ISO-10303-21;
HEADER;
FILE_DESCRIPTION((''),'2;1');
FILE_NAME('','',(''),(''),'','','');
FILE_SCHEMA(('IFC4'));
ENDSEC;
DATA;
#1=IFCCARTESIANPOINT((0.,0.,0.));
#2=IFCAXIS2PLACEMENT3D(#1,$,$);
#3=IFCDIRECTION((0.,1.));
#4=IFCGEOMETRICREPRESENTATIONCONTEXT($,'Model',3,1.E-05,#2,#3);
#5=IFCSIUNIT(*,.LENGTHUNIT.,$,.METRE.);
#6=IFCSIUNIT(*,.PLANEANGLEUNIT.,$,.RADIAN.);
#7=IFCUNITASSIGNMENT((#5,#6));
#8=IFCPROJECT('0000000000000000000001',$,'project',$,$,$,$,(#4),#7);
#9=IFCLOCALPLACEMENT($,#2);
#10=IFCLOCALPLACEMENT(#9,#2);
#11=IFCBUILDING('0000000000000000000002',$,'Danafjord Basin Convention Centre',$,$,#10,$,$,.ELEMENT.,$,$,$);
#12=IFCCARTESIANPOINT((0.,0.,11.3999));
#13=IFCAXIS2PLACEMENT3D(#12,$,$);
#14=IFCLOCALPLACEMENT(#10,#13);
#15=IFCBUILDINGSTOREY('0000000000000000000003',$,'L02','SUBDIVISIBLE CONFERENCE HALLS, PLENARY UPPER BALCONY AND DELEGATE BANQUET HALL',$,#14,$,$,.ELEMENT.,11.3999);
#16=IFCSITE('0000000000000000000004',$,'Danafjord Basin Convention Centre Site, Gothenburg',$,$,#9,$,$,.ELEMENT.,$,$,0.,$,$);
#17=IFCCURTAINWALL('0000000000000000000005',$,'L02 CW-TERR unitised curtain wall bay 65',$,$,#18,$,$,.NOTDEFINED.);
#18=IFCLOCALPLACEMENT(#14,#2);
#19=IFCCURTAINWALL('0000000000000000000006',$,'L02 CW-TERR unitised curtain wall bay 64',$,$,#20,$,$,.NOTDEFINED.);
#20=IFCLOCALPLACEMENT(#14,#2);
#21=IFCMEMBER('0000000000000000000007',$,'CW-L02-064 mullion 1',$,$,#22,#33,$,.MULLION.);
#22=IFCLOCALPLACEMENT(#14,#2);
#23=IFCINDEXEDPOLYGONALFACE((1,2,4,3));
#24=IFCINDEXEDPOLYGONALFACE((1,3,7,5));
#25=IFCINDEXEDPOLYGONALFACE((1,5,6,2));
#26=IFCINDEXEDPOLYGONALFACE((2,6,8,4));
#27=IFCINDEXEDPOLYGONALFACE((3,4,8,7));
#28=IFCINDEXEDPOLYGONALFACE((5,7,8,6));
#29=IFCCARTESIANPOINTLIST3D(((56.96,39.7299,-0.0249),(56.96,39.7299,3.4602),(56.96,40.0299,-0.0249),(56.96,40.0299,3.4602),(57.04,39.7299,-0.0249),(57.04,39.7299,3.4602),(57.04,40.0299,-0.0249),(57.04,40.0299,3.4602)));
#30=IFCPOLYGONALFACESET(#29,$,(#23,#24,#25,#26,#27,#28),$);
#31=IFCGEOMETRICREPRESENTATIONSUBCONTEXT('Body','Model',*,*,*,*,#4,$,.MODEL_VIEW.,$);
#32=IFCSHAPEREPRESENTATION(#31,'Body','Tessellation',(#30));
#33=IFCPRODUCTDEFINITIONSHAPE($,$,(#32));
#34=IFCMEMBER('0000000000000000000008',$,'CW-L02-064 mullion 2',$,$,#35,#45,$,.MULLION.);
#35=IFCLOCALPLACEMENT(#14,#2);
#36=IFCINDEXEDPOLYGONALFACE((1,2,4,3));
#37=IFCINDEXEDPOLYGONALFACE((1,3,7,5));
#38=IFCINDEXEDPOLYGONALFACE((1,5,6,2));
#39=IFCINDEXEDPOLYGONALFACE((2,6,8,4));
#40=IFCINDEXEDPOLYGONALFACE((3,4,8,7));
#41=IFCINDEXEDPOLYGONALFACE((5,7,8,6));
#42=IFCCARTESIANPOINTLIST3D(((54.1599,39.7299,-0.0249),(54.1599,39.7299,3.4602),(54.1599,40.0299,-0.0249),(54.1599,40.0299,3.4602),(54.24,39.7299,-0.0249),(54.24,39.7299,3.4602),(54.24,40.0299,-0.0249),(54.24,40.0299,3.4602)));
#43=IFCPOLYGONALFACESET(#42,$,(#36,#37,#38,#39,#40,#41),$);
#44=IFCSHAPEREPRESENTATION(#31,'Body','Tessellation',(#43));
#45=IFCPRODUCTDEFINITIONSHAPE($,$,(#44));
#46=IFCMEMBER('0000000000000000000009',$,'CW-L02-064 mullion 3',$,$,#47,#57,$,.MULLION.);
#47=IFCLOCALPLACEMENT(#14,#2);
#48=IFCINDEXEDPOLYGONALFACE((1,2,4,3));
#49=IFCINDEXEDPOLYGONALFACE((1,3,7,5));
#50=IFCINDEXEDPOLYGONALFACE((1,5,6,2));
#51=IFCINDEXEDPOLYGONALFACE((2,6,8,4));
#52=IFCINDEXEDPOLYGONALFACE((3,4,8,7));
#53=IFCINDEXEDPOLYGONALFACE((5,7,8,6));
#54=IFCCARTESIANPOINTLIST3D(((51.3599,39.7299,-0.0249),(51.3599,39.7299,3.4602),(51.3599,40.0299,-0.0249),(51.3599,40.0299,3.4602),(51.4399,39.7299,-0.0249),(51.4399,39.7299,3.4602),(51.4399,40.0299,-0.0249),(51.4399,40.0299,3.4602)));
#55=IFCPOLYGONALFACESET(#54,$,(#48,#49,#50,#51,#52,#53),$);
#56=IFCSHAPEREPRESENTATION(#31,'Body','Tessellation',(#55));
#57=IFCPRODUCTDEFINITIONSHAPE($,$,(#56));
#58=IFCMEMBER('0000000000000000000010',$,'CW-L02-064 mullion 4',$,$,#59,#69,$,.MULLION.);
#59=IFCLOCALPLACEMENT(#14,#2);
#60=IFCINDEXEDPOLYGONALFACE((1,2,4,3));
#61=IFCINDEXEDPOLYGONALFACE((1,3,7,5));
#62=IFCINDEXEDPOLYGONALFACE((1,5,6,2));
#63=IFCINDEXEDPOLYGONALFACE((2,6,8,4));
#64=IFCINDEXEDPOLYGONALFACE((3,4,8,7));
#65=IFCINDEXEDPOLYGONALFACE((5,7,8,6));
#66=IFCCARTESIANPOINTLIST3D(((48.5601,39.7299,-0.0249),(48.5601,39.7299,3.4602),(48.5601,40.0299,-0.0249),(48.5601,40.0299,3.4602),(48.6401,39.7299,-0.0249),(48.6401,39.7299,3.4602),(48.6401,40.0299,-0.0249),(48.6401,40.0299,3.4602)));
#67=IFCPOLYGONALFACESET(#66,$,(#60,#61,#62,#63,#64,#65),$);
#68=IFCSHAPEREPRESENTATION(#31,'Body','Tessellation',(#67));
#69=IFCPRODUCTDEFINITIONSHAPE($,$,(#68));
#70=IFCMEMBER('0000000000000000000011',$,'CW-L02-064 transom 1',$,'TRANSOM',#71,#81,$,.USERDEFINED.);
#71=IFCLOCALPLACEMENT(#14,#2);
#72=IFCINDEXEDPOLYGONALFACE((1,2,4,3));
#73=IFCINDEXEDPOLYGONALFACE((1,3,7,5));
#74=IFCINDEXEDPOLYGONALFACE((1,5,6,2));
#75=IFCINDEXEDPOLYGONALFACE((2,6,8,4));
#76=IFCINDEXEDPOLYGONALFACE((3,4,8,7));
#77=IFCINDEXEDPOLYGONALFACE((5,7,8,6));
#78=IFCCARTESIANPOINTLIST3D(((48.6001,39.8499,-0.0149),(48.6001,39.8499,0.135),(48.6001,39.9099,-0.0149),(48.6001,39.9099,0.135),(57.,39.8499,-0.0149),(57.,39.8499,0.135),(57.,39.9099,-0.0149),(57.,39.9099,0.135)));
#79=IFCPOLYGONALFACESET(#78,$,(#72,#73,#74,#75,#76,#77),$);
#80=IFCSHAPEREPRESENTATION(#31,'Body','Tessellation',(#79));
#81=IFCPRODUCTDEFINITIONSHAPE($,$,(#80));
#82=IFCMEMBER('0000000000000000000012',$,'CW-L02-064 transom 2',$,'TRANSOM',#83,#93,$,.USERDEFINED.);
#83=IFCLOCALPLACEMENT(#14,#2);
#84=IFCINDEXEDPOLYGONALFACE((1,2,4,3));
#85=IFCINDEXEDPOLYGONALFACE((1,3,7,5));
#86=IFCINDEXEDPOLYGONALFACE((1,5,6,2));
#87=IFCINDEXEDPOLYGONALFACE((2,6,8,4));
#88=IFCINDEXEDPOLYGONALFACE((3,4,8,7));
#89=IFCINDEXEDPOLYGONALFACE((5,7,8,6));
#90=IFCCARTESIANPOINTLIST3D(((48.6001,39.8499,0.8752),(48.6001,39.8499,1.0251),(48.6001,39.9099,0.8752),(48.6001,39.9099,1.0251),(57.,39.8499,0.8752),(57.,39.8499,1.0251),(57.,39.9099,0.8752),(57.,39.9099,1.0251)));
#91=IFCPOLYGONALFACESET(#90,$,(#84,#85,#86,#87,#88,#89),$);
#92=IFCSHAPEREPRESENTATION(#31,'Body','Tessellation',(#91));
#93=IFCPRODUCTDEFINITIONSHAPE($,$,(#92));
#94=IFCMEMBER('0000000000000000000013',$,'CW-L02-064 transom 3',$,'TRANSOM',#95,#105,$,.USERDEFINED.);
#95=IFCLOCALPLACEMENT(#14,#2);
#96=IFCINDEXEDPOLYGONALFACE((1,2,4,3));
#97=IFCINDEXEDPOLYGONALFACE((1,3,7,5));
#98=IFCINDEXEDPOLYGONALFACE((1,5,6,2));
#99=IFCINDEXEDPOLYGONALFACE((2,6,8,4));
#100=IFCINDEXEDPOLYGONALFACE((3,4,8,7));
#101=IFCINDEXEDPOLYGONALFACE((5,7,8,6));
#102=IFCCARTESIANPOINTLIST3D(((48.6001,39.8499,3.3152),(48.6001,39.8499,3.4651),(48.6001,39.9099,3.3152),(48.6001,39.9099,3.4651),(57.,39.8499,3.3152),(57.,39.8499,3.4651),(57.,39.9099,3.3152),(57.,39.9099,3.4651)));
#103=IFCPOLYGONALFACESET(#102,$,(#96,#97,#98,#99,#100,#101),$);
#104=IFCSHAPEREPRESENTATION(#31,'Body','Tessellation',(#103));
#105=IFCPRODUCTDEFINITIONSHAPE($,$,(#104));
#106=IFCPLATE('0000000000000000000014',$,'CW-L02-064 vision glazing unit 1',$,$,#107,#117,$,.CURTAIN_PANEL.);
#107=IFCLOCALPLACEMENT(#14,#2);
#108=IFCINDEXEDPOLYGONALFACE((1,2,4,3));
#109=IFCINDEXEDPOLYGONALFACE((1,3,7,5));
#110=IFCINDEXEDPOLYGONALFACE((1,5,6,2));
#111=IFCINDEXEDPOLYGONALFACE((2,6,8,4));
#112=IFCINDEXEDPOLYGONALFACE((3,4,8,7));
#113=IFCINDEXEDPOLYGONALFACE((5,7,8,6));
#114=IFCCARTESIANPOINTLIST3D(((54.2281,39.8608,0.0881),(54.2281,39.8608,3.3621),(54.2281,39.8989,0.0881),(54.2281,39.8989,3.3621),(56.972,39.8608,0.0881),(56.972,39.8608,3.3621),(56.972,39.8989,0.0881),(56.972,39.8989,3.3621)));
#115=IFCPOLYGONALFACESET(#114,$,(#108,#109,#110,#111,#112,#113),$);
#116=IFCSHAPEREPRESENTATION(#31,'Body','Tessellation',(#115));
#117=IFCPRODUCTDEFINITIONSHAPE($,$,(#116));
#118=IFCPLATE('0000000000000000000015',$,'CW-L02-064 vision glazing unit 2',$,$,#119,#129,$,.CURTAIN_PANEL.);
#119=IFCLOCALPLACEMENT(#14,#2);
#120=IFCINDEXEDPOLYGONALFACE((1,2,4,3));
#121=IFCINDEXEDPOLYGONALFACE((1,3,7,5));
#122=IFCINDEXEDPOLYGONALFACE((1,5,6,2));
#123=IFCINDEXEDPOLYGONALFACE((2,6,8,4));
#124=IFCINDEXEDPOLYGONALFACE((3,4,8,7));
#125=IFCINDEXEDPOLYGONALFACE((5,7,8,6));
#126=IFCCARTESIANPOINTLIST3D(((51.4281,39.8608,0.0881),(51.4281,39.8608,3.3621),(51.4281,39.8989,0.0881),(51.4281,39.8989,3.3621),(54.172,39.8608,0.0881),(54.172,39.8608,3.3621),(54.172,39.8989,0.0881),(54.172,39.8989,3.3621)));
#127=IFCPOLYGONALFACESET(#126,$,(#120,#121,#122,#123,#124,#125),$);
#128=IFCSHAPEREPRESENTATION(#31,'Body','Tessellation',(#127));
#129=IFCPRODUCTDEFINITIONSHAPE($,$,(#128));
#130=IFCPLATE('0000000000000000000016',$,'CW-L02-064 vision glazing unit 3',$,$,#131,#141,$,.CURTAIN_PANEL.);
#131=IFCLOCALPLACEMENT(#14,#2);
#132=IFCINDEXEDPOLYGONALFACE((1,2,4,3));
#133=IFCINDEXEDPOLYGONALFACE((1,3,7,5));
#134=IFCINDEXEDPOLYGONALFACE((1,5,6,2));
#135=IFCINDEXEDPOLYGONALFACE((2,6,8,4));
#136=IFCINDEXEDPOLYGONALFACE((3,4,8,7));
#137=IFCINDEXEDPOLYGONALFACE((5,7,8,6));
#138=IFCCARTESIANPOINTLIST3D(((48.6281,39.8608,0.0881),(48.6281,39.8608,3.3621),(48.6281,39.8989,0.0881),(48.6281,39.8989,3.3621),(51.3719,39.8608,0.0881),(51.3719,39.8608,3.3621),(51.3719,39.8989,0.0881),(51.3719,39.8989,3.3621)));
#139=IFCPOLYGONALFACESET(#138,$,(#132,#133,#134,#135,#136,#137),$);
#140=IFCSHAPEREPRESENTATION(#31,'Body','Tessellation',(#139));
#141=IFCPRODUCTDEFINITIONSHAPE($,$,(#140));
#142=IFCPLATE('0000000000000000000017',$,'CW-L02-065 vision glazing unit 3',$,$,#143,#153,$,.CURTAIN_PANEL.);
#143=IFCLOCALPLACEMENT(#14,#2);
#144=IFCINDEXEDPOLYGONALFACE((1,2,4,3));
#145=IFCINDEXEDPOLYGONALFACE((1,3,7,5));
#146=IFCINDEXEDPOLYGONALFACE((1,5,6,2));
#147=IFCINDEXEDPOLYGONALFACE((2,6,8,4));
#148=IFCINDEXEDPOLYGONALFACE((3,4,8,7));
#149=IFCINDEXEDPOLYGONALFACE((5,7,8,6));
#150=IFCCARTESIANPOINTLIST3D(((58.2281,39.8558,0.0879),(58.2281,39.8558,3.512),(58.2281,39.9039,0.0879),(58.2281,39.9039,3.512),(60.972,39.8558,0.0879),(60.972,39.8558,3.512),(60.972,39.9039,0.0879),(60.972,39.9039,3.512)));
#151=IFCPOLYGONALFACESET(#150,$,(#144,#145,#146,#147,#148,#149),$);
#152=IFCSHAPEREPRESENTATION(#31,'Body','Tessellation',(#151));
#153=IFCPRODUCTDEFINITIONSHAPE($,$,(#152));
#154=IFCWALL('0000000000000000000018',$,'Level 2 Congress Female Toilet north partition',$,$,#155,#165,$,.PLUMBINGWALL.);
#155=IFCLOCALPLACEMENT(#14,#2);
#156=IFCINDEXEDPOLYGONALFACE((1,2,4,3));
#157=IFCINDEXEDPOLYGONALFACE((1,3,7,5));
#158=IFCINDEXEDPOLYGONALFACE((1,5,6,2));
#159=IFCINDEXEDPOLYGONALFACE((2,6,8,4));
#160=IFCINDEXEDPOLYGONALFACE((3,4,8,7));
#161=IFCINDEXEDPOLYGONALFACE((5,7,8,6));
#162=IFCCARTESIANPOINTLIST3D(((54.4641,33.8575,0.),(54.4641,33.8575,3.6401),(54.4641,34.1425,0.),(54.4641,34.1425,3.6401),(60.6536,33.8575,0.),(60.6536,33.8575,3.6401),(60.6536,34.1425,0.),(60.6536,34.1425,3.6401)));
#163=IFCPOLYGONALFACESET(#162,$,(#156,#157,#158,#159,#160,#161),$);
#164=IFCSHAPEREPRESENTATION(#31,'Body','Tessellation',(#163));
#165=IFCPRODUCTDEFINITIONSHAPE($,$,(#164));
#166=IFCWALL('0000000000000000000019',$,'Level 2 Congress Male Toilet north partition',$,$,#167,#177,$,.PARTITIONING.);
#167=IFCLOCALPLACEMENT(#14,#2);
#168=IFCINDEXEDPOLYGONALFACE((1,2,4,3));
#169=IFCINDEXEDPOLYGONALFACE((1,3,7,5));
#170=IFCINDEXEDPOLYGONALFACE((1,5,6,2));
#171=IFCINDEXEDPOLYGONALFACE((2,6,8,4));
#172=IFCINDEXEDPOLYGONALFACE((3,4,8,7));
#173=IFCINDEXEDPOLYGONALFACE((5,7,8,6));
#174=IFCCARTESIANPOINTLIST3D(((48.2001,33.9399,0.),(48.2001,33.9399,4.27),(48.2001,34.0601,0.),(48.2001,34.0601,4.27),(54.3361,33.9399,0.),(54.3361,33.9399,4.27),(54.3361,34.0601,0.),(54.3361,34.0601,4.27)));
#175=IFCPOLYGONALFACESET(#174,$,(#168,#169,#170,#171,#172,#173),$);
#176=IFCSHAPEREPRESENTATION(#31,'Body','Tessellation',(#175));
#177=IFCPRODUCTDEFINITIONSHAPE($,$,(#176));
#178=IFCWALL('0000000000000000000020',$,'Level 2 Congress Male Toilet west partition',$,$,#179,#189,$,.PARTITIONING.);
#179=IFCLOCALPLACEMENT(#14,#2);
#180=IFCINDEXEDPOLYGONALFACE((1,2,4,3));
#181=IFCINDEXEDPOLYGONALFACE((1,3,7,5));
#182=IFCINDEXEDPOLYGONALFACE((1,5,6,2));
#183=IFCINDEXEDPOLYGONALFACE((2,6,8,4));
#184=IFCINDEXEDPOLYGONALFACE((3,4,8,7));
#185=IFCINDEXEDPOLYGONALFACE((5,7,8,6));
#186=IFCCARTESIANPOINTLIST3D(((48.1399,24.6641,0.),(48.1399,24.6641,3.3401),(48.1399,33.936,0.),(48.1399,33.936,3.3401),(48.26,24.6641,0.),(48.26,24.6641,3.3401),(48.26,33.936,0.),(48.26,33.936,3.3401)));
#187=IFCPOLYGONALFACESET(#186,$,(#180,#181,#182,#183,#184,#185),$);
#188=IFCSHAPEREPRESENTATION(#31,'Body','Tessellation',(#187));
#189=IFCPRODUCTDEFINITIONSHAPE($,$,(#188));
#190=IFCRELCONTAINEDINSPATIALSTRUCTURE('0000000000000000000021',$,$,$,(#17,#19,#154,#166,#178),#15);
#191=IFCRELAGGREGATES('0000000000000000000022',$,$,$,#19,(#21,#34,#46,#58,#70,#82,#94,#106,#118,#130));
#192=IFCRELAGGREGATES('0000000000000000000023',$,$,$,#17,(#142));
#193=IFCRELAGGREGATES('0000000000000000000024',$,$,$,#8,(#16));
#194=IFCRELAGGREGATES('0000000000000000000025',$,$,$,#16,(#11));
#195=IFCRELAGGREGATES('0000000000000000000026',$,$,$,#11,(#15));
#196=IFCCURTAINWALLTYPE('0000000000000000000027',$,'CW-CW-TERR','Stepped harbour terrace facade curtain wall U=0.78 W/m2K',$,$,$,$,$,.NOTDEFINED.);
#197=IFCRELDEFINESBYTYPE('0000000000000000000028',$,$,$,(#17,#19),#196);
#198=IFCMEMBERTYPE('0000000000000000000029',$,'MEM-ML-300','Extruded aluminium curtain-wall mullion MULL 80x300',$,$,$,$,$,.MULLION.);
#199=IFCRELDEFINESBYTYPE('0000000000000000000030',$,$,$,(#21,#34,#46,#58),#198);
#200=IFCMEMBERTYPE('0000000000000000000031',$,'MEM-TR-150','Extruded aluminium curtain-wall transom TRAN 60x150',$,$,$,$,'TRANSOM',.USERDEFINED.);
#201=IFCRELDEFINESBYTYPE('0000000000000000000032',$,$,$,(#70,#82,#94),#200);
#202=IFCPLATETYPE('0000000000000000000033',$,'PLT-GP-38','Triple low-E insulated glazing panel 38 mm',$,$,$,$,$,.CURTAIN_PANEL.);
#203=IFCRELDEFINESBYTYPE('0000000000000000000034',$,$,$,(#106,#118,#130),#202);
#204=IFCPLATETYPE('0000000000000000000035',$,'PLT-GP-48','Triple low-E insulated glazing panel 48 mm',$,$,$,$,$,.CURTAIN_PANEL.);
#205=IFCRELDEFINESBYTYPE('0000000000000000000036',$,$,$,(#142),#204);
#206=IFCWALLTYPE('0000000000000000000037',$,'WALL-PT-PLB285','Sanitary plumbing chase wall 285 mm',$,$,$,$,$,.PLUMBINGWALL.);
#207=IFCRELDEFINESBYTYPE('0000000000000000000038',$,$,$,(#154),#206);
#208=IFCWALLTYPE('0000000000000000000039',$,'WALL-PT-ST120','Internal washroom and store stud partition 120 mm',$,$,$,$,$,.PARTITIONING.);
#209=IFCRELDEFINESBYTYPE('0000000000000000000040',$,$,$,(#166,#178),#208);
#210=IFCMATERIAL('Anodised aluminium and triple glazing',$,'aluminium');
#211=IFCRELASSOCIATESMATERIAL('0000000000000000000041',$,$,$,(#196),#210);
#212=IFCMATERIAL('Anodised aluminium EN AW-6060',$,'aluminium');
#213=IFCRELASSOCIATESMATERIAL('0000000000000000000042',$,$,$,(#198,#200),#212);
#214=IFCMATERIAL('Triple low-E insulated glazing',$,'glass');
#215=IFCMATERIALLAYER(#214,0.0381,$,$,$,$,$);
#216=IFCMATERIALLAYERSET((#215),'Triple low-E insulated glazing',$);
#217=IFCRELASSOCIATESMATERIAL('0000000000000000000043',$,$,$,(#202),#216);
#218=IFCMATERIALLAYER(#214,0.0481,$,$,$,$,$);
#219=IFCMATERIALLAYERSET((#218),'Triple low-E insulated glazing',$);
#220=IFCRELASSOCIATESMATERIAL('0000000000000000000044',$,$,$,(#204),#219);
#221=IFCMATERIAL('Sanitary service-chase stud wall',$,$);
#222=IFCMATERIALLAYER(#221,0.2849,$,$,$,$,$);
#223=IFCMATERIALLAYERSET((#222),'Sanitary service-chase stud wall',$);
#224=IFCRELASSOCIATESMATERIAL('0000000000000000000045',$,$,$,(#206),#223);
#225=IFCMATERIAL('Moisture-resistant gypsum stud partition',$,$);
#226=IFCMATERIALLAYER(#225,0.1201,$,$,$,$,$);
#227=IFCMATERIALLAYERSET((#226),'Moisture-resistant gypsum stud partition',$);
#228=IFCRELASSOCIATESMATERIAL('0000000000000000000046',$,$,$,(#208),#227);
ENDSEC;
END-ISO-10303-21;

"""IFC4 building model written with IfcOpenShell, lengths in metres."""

from ifc_helpers import new_model, si_unit, direction, frame, frame_2d, origin, origin_2d, place, context, subcontext, project, spatial, rectangle, extrude, material, layer, layer_set, material_profile, profile_set, type_object, element, aggregate, save


model = new_model("IFC4")

# Units and contexts
model_context = context("Model", 3, precision=1e-05, world=origin(), true_north=direction((0.0, 1.0)))
body_context = subcontext(model_context, "Body", "Model", "MODEL_VIEW")
ifc_project = project(units=[si_unit("LENGTHUNIT", "METRE"), si_unit("PLANEANGLEUNIT", "RADIAN")], contexts=[model_context])

# Site, building, storey
site_placement = place(None, origin())
site = spatial("IfcSite", under=ifc_project, at=site_placement, Name="Danafjord Basin Convention Centre Site, Gothenburg", CompositionType="ELEMENT", RefElevation=0.0)
building_placement = place(site_placement, origin())
building = spatial("IfcBuilding", under=site, at=building_placement, Name="Danafjord Basin Convention Centre", CompositionType="ELEMENT")
storey_placement = place(building_placement, frame((0.0, 0.0, 11.3999)))
storey = spatial("IfcBuildingStorey", under=building, at=storey_placement, Name="L02", Description="SUBDIVISIBLE CONFERENCE HALLS, PLENARY UPPER BALCONY AND DELEGATE BANQUET HALL", CompositionType="ELEMENT", Elevation=11.3999)

# Curtain wall
ifc_material_1 = material(Name="Anodised aluminium and triple glazing", Category="aluminium")
curtain_wall_type = type_object("IfcCurtainWallType", Name="CW-CW-TERR", Description="Stepped harbour terrace facade curtain wall U=0.78 W/m2K", PredefinedType="NOTDEFINED", material=ifc_material_1)
curtain_wall_1_placement = place(storey_placement, origin())
curtain_wall_1 = element("IfcCurtainWall", 1, at=curtain_wall_1_placement, inside=storey, type_object=curtain_wall_type, Name="L02 CW-TERR unitised curtain wall bay 65", PredefinedType="NOTDEFINED")
ifc_material_2 = material(Name="Anodised aluminium EN AW-6060", Category="aluminium")

# Curtain wall, members, plates
curtain_wall_2_placement = place(storey_placement, origin())
curtain_wall_2 = element("IfcCurtainWall", 2, at=curtain_wall_2_placement, inside=storey, type_object=curtain_wall_type, Name="L02 CW-TERR unitised curtain wall bay 64", PredefinedType="NOTDEFINED")
ifc_material_profile_1 = material_profile(ifc_material_2, rectangle(XDim=0.0801, YDim=0.3, at=origin_2d()), Name="MULL 80x300")
ifc_profile_set_1 = profile_set([ifc_material_profile_1], Name="Anodised aluminium EN AW-6060")
member_type_1 = type_object("IfcMemberType", Name="MEM-ML-300", Description="Extruded aluminium curtain-wall mullion MULL 80x300", PredefinedType="MULLION", material=ifc_profile_set_1)
member_1_placement = place(storey_placement, frame((57.0, 39.8799, -0.0249), z_axis=(0.0, 0.0, 1.0), x_axis=(-1.0, 0.0, 0.0)))
member_1 = element("IfcMember", 3, at=member_1_placement, type_object=member_type_1, Name="CW-L02-064 mullion 1", PredefinedType="MULLION", context=body_context, shape_type="SweptSolid", body=[
    extrude(rectangle(XDim=0.0801, YDim=0.3, at=origin_2d()), origin(), (0.0, 0.0, 1.0), 3.4851),
])
member_2_placement = place(storey_placement, frame((54.2, 39.8799, -0.0249), z_axis=(0.0, 0.0, 1.0), x_axis=(-1.0, 0.0, 0.0)))
member_2 = element("IfcMember", 4, at=member_2_placement, type_object=member_type_1, Name="CW-L02-064 mullion 2", PredefinedType="MULLION", context=body_context, shape_type="SweptSolid", body=[
    extrude(rectangle(XDim=0.0801, YDim=0.3, at=origin_2d()), origin(), (0.0, 0.0, 1.0), 3.4851),
])
member_3_placement = place(storey_placement, frame((51.3999, 39.8799, -0.0249), z_axis=(0.0, 0.0, 1.0), x_axis=(-1.0, 0.0, 0.0)))
member_3 = element("IfcMember", 5, at=member_3_placement, type_object=member_type_1, Name="CW-L02-064 mullion 3", PredefinedType="MULLION", context=body_context, shape_type="SweptSolid", body=[
    extrude(rectangle(XDim=0.0801, YDim=0.3, at=origin_2d()), origin(), (0.0, 0.0, 1.0), 3.4851),
])
member_4_placement = place(storey_placement, frame((48.6001, 39.8799, -0.0249), z_axis=(0.0, 0.0, 1.0), x_axis=(-1.0, 0.0, 0.0)))
member_4 = element("IfcMember", 6, at=member_4_placement, type_object=member_type_1, Name="CW-L02-064 mullion 4", PredefinedType="MULLION", context=body_context, shape_type="SweptSolid", body=[
    extrude(rectangle(XDim=0.0801, YDim=0.3, at=origin_2d()), origin(), (0.0, 0.0, 1.0), 3.4851),
])
ifc_material_profile_2 = material_profile(ifc_material_2, rectangle(XDim=0.0601, YDim=0.1499, at=origin_2d()), Name="TRAN 60x150")
ifc_profile_set_2 = profile_set([ifc_material_profile_2], Name="Anodised aluminium EN AW-6060")
member_type_2 = type_object("IfcMemberType", Name="MEM-TR-150", Description="Extruded aluminium curtain-wall transom TRAN 60x150", ElementType="TRANSOM", PredefinedType="USERDEFINED", material=ifc_profile_set_2)
member_5_placement = place(storey_placement, frame((57.0, 39.8799, 0.0601), z_axis=(-1.0, 0.0, 0.0), x_axis=(0.0, -1.0, 0.0)))
member_5 = element("IfcMember", 7, at=member_5_placement, type_object=member_type_2, Name="CW-L02-064 transom 1", ObjectType="TRANSOM", PredefinedType="USERDEFINED", context=body_context, shape_type="SweptSolid", body=[
    extrude(rectangle(XDim=0.0601, YDim=0.1499, at=origin_2d()), origin(), (0.0, 0.0, 1.0), 8.3999),
])
member_6_placement = place(storey_placement, frame((57.0, 39.8799, 0.9502), z_axis=(-1.0, 0.0, 0.0), x_axis=(0.0, -1.0, 0.0)))
member_6 = element("IfcMember", 8, at=member_6_placement, type_object=member_type_2, Name="CW-L02-064 transom 2", ObjectType="TRANSOM", PredefinedType="USERDEFINED", context=body_context, shape_type="SweptSolid", body=[
    extrude(rectangle(XDim=0.0601, YDim=0.1499, at=origin_2d()), origin(), (0.0, 0.0, 1.0), 8.3999),
])
member_7_placement = place(storey_placement, frame((57.0, 39.8799, 3.3901), z_axis=(-1.0, 0.0, 0.0), x_axis=(0.0, -1.0, 0.0)))
member_7 = element("IfcMember", 9, at=member_7_placement, type_object=member_type_2, Name="CW-L02-064 transom 3", ObjectType="TRANSOM", PredefinedType="USERDEFINED", context=body_context, shape_type="SweptSolid", body=[
    extrude(rectangle(XDim=0.0601, YDim=0.1499, at=origin_2d()), origin(), (0.0, 0.0, 1.0), 8.3999),
])
ifc_material_3 = material(Name="Triple low-E insulated glazing", Category="glass")
ifc_layer_1 = layer(ifc_material_3, 0.0381)
ifc_layer_set_1 = layer_set([ifc_layer_1], Name="Triple low-E insulated glazing")
plate_type_1 = type_object("IfcPlateType", Name="PLT-GP-38", Description="Triple low-E insulated glazing panel 38 mm", PredefinedType="CURTAIN_PANEL", material=ifc_layer_set_1)
plate_1_placement = place(storey_placement, frame((55.6001, 39.8799, 0.0881), z_axis=(0.0, 0.0, 1.0), x_axis=(-1.0, 0.0, 0.0)))
plate_1 = element("IfcPlate", 10, at=plate_1_placement, type_object=plate_type_1, Name="CW-L02-064 vision glazing unit 1", PredefinedType="CURTAIN_PANEL", context=body_context, shape_type="SweptSolid", body=[
    extrude(rectangle(XDim=2.7439, YDim=0.0381, at=origin_2d()), origin(), (0.0, 0.0, 1.0), 3.2739),
])
plate_2_placement = place(storey_placement, frame((52.8, 39.8799, 0.0881), z_axis=(0.0, 0.0, 1.0), x_axis=(-1.0, 0.0, 0.0)))
plate_2 = element("IfcPlate", 11, at=plate_2_placement, type_object=plate_type_1, Name="CW-L02-064 vision glazing unit 2", PredefinedType="CURTAIN_PANEL", context=body_context, shape_type="SweptSolid", body=[
    extrude(rectangle(XDim=2.7439, YDim=0.0381, at=origin_2d()), origin(), (0.0, 0.0, 1.0), 3.2739),
])
plate_3_placement = place(storey_placement, frame((50.0, 39.8799, 0.0881), z_axis=(0.0, 0.0, 1.0), x_axis=(-1.0, 0.0, 0.0)))
plate_3 = element("IfcPlate", 12, at=plate_3_placement, type_object=plate_type_1, Name="CW-L02-064 vision glazing unit 3", PredefinedType="CURTAIN_PANEL", context=body_context, shape_type="SweptSolid", body=[
    extrude(rectangle(XDim=2.7439, YDim=0.0381, at=origin_2d()), origin(), (0.0, 0.0, 1.0), 3.2739),
])
aggregate(curtain_wall_2, [member_1, member_2, member_3, member_4, member_5, member_6, member_7, plate_1, plate_2, plate_3])

# Plate
ifc_layer_2 = layer(ifc_material_3, 0.0481)
ifc_layer_set_2 = layer_set([ifc_layer_2], Name="Triple low-E insulated glazing")
plate_type_2 = type_object("IfcPlateType", Name="PLT-GP-48", Description="Triple low-E insulated glazing panel 48 mm", PredefinedType="CURTAIN_PANEL", material=ifc_layer_set_2)
plate_4_placement = place(storey_placement, frame((59.6001, 39.8799, 0.0879), z_axis=(0.0, 0.0, 1.0), x_axis=(-1.0, 0.0, 0.0)))
plate_4 = element("IfcPlate", 13, at=plate_4_placement, type_object=plate_type_2, Name="CW-L02-065 vision glazing unit 3", PredefinedType="CURTAIN_PANEL", context=body_context, shape_type="SweptSolid", body=[
    extrude(rectangle(XDim=2.7439, YDim=0.0481, at=origin_2d()), origin(), (0.0, 0.0, 1.0), 3.4241),
])
aggregate(curtain_wall_1, [plate_4])

# Walls
ifc_material_4 = material(Name="Sanitary service-chase stud wall")
ifc_layer_3 = layer(ifc_material_4, 0.2849)
ifc_layer_set_3 = layer_set([ifc_layer_3], Name="Sanitary service-chase stud wall")
wall_type_1 = type_object("IfcWallType", Name="WALL-PT-PLB285", Description="Sanitary plumbing chase wall 285 mm", PredefinedType="PLUMBINGWALL", material=ifc_layer_set_3)
wall_1_placement = place(storey_placement, frame((60.6536, 34.0, 0.0), z_axis=(0.0, 0.0, 1.0), x_axis=(-1.0, 0.0, 0.0)))
element("IfcWall", 14, at=wall_1_placement, inside=storey, type_object=wall_type_1, Name="Level 2 Congress Female Toilet north partition", PredefinedType="PLUMBINGWALL", context=body_context, shape_type="SweptSolid", body=[
    extrude(rectangle(XDim=6.1895, YDim=0.2849, at=frame_2d((3.0947, 0.0))), origin(), (0.0, 0.0, 1.0), 3.6401),
])
ifc_material_5 = material(Name="Moisture-resistant gypsum stud partition")
ifc_layer_4 = layer(ifc_material_5, 0.1201)
ifc_layer_set_4 = layer_set([ifc_layer_4], Name="Moisture-resistant gypsum stud partition")
wall_type_2 = type_object("IfcWallType", Name="WALL-PT-ST120", Description="Internal washroom and store stud partition 120 mm", PredefinedType="PARTITIONING", material=ifc_layer_set_4)
wall_2_placement = place(storey_placement, frame((54.3359, 34.0, 0.0), z_axis=(0.0, 0.0, 1.0), x_axis=(-1.0, 0.0, 0.0)))
element("IfcWall", 15, at=wall_2_placement, inside=storey, type_object=wall_type_2, Name="Level 2 Congress Male Toilet north partition", PredefinedType="PARTITIONING", context=body_context, shape_type="SweptSolid", body=[
    extrude(rectangle(XDim=6.136, YDim=0.1201, at=frame_2d((3.0679, 0.0))), origin(), (0.0, 0.0, 1.0), 4.27),
])
wall_3_placement = place(storey_placement, frame((48.2, 33.936, 0.0), z_axis=(0.0, 0.0, 1.0), x_axis=(0.0, -1.0, 0.0)))
element("IfcWall", 16, at=wall_3_placement, inside=storey, type_object=wall_type_2, Name="Level 2 Congress Male Toilet west partition", PredefinedType="PARTITIONING", context=body_context, shape_type="SweptSolid", body=[
    extrude(rectangle(XDim=9.272, YDim=0.1201, at=frame_2d((4.636, 0.0))), origin(), (0.0, 0.0, 1.0), 3.3401),
])

save(model, "model.ifc")
